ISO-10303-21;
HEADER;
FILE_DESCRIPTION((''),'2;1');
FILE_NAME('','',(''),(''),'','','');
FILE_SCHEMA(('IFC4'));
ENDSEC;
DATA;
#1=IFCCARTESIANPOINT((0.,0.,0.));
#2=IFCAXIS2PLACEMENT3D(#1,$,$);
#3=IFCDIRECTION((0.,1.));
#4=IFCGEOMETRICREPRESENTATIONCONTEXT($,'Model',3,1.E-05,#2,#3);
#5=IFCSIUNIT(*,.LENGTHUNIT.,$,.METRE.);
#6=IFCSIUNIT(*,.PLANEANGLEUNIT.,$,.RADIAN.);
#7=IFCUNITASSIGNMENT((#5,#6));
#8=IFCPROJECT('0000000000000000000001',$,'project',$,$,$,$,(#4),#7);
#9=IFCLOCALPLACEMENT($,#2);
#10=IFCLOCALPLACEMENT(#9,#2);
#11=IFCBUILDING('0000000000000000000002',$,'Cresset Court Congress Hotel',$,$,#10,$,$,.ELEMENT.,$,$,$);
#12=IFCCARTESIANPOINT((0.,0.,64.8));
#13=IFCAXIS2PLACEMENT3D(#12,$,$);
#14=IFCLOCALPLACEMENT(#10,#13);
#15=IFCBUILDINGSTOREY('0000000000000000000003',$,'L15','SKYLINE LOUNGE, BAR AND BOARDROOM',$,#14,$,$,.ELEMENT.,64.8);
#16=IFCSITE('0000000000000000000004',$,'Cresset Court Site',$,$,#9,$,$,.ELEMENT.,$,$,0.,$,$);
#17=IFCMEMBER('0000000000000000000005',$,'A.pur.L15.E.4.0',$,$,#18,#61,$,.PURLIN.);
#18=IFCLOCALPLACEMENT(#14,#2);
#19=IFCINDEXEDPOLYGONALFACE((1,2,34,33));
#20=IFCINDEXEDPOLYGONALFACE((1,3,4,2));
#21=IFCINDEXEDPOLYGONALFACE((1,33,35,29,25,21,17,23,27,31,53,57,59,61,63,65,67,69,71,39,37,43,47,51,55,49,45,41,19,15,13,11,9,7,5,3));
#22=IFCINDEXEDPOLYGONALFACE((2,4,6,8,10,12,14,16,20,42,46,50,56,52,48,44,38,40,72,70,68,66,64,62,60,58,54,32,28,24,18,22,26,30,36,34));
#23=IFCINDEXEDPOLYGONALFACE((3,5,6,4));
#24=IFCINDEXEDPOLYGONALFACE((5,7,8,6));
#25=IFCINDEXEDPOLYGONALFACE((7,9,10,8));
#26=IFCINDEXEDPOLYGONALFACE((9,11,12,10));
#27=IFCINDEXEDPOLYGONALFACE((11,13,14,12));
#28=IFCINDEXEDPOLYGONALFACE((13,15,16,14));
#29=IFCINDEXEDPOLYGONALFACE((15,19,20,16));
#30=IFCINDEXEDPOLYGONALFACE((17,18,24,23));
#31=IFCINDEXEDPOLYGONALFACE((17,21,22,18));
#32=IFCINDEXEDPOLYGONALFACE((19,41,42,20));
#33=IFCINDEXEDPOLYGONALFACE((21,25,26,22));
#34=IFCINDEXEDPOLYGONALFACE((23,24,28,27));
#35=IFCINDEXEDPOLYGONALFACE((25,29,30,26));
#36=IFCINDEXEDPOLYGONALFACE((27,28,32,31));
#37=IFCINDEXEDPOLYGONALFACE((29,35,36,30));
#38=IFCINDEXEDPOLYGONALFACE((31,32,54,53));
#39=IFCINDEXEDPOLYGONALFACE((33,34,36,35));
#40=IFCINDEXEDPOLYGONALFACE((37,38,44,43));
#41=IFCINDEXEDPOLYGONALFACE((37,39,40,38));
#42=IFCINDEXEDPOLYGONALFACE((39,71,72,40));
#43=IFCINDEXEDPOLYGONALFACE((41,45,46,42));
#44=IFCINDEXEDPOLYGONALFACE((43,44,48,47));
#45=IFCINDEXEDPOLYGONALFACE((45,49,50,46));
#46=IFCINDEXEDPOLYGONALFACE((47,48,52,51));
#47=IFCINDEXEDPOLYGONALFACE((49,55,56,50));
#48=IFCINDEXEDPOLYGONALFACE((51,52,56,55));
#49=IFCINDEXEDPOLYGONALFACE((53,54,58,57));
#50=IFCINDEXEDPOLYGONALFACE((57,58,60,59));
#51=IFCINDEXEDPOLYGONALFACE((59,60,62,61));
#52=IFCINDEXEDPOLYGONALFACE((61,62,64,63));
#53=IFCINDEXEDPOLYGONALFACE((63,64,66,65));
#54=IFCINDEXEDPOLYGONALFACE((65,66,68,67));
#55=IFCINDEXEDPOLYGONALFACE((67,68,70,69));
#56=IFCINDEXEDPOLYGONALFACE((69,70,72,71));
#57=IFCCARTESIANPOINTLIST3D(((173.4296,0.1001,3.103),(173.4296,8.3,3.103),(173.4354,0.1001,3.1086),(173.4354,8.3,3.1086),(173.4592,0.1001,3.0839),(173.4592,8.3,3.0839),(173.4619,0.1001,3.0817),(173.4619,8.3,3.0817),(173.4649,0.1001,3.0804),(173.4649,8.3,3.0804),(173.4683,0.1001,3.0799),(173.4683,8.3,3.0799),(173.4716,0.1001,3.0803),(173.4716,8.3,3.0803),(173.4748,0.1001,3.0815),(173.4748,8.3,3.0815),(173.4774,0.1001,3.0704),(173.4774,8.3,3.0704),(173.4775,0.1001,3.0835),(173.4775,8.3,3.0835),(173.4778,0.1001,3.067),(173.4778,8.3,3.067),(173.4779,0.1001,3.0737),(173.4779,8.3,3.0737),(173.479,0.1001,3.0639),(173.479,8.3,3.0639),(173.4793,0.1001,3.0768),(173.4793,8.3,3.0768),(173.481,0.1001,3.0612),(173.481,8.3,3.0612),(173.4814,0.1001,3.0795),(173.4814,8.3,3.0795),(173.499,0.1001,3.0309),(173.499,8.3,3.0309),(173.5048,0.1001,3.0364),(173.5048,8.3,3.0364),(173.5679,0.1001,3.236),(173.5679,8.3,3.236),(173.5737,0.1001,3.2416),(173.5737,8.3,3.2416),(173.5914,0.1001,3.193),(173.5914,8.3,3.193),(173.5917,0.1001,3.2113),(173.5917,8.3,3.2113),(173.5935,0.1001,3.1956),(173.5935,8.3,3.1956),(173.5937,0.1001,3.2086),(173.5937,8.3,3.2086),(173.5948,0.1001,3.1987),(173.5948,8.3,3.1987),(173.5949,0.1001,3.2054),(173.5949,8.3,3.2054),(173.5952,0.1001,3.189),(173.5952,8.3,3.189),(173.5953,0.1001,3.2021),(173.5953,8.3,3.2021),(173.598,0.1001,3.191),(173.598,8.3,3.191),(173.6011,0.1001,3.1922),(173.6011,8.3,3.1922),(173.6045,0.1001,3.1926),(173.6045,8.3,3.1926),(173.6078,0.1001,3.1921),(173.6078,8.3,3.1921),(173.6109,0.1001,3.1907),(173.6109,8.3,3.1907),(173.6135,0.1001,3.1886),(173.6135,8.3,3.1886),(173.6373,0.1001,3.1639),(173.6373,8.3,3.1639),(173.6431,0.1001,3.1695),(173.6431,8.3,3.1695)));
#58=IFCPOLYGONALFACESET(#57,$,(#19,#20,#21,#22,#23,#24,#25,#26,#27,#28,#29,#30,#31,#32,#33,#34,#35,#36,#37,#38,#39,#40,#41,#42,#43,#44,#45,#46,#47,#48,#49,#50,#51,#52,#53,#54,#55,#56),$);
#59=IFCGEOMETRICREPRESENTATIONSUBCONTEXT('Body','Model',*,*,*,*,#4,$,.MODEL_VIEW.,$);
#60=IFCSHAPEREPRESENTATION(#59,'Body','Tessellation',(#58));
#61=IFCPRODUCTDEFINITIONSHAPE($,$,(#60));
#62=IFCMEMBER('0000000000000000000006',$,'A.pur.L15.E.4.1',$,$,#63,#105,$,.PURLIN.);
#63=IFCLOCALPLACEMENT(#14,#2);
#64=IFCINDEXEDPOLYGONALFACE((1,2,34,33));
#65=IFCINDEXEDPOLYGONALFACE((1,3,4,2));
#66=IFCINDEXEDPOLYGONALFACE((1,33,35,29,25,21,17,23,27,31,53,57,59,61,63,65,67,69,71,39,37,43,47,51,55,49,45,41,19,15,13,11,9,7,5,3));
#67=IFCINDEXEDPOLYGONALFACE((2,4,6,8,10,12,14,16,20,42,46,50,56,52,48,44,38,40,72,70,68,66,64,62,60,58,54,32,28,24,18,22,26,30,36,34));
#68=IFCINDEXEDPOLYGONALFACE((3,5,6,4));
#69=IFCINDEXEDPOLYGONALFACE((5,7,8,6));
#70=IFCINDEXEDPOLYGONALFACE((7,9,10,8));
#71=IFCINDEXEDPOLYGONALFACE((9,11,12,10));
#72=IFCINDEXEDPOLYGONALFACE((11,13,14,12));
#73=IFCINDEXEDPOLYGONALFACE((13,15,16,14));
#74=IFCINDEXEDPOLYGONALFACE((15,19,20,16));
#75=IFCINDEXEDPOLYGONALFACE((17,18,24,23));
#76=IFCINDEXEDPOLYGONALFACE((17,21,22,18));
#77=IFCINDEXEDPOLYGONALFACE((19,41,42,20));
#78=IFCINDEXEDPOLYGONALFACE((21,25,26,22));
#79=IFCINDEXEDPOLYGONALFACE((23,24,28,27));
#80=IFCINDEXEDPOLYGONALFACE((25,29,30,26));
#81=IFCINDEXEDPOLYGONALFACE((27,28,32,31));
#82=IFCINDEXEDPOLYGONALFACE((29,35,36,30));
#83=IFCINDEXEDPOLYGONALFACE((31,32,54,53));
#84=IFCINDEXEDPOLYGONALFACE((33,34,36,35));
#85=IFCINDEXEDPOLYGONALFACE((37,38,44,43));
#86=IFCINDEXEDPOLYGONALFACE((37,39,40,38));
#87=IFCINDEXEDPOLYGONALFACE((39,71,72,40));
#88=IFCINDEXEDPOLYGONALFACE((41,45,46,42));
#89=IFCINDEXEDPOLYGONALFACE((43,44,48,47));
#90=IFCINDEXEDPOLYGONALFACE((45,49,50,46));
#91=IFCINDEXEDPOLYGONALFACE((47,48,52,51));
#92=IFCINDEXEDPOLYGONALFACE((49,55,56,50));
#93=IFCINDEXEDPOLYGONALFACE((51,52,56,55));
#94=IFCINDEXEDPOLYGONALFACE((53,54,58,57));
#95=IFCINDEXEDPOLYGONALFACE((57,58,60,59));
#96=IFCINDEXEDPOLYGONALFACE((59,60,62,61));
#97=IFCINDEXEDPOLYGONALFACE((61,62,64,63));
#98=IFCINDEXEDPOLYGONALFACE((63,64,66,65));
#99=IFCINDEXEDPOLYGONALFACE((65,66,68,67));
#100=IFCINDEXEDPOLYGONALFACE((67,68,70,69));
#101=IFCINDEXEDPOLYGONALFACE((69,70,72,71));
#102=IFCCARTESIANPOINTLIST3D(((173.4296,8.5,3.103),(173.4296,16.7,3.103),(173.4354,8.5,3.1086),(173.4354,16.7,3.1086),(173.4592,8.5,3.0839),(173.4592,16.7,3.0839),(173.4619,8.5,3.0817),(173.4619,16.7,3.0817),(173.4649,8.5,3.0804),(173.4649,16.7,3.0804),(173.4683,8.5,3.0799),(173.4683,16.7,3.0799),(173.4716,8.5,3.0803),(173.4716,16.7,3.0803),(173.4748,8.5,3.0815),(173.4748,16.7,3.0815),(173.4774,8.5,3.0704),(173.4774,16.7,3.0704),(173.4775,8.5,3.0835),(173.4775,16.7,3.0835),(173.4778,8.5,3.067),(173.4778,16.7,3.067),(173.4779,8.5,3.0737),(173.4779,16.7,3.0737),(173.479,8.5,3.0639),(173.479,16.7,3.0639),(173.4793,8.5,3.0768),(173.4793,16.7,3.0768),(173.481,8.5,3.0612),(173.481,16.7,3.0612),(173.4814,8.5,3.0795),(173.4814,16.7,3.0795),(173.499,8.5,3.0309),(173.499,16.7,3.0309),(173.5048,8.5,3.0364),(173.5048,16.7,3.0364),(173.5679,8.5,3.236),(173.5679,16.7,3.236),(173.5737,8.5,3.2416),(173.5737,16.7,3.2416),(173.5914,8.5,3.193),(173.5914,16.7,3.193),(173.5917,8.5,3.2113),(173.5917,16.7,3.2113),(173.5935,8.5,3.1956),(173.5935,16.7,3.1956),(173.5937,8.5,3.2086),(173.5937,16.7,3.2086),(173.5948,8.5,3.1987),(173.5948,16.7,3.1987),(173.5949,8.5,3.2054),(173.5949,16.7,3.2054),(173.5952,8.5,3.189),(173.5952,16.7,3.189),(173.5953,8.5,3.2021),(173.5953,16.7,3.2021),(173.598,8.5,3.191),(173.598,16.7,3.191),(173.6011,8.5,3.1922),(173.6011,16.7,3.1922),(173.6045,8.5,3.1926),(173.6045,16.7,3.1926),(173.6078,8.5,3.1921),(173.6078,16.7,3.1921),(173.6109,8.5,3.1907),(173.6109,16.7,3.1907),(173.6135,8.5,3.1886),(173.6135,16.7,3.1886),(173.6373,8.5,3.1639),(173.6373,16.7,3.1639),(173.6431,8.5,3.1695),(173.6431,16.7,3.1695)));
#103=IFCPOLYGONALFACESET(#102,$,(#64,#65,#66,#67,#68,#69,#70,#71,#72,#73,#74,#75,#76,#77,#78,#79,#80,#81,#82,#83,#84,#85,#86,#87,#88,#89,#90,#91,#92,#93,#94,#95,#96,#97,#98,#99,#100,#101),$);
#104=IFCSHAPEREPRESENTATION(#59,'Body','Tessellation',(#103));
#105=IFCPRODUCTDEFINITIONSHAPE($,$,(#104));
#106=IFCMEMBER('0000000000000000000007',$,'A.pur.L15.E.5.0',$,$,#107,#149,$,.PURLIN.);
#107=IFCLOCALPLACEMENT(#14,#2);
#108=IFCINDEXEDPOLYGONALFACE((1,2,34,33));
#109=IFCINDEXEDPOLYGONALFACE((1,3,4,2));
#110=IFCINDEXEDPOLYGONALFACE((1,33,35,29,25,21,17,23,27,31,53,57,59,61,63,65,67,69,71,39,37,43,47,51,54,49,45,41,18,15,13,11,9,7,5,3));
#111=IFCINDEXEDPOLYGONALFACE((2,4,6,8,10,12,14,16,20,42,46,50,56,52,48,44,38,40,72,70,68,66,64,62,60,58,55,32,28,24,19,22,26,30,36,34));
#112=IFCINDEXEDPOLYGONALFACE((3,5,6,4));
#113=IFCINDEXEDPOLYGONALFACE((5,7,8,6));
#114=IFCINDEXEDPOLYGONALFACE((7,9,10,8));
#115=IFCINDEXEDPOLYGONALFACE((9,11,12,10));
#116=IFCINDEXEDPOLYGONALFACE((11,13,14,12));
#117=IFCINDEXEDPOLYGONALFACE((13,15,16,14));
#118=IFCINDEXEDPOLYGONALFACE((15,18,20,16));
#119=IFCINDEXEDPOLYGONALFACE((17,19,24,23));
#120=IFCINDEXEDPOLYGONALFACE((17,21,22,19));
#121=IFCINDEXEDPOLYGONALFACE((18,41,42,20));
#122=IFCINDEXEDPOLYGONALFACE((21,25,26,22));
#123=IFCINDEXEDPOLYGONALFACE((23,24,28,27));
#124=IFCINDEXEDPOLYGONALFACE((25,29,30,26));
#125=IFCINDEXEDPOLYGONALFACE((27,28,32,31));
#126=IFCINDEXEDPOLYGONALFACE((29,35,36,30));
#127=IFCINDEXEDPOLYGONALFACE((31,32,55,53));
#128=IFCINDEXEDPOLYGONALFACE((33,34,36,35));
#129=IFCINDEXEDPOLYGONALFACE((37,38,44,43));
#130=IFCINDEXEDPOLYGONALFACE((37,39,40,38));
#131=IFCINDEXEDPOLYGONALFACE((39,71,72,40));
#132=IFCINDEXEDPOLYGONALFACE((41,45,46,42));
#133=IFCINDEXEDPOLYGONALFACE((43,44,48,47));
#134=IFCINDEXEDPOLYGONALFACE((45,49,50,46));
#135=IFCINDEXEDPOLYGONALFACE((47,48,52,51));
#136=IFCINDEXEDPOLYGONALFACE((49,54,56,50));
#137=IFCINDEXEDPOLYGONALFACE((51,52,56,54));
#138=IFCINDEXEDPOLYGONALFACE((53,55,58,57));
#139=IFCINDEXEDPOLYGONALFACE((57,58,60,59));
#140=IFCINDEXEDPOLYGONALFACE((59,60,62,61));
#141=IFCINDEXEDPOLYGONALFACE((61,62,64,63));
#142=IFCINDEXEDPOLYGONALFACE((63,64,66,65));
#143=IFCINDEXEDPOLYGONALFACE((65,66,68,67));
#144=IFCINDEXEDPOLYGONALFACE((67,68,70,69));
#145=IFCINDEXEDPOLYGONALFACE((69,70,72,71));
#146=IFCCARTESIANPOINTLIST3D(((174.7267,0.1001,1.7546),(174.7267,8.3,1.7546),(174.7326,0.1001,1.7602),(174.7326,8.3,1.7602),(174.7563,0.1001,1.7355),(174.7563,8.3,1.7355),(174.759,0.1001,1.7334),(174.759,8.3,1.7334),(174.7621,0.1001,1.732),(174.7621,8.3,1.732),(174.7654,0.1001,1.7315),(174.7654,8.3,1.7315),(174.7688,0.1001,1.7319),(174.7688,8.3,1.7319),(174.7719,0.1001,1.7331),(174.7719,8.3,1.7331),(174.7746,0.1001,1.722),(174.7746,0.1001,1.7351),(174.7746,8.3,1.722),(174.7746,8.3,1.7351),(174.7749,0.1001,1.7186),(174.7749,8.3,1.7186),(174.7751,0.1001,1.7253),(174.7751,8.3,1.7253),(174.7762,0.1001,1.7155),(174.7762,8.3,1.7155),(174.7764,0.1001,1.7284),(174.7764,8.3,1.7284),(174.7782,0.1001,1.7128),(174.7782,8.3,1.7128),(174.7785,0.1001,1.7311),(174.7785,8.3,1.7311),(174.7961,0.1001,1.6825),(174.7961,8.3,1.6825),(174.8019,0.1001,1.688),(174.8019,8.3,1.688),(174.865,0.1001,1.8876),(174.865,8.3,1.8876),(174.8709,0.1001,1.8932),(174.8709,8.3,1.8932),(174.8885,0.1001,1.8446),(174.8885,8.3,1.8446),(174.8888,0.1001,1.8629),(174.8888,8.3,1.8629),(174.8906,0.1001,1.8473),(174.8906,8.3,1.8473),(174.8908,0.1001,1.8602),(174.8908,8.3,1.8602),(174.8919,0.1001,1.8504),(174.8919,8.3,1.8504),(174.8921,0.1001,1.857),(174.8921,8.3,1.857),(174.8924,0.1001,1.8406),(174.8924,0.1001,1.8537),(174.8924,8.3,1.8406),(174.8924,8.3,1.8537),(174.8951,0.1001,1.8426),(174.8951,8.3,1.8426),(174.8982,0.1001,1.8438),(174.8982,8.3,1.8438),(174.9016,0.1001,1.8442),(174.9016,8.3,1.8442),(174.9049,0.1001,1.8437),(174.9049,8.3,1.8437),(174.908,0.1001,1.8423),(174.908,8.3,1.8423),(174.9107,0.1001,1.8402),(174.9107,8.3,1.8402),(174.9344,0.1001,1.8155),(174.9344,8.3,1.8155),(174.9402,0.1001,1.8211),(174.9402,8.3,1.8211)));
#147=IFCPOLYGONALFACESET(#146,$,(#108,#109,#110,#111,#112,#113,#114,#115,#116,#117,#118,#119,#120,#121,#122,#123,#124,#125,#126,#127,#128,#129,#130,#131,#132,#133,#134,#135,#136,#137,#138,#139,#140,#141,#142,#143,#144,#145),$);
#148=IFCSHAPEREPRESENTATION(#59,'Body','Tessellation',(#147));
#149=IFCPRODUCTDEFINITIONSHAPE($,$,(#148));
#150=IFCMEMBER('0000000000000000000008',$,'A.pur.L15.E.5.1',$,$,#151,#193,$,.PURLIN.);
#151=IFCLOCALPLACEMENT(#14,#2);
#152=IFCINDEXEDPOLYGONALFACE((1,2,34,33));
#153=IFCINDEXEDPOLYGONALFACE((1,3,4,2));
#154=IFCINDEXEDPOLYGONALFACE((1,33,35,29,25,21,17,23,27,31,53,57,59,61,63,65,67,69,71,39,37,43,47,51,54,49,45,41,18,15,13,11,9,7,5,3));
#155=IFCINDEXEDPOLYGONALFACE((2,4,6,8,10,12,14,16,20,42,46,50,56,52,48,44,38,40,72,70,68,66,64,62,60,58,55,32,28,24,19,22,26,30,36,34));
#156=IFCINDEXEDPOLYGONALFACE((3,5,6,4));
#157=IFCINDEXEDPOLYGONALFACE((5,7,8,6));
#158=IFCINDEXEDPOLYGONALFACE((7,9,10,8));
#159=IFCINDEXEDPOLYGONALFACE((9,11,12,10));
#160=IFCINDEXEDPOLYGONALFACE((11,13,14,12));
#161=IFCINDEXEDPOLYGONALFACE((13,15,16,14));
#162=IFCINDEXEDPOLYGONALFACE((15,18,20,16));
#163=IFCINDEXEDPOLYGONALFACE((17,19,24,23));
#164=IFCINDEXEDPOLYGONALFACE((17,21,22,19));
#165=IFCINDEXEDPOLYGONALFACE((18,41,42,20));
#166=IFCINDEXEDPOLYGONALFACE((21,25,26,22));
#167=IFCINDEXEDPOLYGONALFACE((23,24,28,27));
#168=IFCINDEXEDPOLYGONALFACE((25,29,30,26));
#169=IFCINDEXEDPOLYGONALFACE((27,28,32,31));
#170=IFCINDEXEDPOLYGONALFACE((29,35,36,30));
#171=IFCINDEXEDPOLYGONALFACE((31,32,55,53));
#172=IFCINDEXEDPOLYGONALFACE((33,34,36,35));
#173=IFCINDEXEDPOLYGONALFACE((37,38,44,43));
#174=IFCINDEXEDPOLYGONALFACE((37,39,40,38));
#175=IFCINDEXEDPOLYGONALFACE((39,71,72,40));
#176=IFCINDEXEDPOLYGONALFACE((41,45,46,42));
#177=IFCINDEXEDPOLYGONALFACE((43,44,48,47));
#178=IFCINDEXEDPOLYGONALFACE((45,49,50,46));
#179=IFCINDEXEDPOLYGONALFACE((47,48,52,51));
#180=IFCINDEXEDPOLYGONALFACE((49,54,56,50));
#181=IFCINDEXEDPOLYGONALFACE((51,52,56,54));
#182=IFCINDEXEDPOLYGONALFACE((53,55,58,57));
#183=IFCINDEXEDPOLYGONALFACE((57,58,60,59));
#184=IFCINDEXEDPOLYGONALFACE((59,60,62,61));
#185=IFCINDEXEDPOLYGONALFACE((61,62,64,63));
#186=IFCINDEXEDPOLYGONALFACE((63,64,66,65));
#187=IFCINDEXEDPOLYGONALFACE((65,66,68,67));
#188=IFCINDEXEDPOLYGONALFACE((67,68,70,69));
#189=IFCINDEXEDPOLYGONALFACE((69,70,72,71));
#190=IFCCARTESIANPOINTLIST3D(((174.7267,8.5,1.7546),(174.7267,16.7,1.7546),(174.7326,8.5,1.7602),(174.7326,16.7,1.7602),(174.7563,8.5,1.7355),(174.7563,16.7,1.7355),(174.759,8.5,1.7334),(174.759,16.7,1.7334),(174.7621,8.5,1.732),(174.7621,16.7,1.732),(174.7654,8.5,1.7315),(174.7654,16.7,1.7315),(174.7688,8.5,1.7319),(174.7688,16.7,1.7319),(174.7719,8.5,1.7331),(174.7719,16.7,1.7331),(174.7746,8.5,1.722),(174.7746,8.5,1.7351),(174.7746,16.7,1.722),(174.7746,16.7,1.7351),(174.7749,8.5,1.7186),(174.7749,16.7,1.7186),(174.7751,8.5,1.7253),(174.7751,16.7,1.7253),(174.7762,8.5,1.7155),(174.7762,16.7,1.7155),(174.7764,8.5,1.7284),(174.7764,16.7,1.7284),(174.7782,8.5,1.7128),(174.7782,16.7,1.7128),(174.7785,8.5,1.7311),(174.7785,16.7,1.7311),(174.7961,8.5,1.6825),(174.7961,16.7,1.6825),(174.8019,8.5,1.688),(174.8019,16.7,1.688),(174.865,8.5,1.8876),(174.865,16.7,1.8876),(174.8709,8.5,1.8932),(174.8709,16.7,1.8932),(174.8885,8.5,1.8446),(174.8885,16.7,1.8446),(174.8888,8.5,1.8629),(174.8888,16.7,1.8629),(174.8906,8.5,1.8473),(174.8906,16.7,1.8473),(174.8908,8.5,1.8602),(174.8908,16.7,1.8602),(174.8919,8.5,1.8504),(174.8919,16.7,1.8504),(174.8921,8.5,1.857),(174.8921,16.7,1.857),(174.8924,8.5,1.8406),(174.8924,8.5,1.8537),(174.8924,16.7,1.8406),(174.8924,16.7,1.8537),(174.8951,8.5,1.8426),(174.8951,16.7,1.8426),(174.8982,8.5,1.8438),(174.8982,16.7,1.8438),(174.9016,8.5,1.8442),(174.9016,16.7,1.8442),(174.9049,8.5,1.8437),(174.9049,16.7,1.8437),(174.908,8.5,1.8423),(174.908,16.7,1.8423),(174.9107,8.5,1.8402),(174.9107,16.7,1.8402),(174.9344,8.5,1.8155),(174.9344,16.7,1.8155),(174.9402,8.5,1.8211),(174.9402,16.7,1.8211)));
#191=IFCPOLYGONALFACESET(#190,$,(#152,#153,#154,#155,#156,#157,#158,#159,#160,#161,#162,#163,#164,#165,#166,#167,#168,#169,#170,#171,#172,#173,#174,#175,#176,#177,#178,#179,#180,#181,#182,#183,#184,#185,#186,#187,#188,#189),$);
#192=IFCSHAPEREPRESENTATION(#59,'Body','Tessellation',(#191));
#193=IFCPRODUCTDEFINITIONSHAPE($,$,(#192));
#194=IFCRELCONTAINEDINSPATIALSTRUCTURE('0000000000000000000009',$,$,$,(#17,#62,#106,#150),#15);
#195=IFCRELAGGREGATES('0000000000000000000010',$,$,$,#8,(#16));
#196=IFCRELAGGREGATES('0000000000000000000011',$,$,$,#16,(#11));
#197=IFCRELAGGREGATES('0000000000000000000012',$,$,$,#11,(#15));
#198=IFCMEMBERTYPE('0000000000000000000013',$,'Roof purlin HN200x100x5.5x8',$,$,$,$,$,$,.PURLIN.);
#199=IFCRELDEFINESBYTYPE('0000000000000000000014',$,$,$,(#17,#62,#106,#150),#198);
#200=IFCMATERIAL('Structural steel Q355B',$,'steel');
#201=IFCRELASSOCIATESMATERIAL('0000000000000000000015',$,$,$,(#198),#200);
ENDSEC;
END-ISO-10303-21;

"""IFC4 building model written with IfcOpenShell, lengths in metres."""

from ifc_helpers import new_model, si_unit, direction, frame, origin, origin_2d, place, context, subcontext, project, spatial, i_section, extrude, material, material_profile, profile_set, type_object, element, save


model = new_model("IFC4")

# Units and contexts
model_context = context("Model", 3, precision=1e-05, world=origin(), true_north=direction((0.0, 1.0)))
body_context = subcontext(model_context, "Body", "Model", "MODEL_VIEW")
ifc_project = project(units=[si_unit("LENGTHUNIT", "METRE"), si_unit("PLANEANGLEUNIT", "RADIAN")], contexts=[model_context])

# Site, building, storey
site_placement = place(None, origin())
site = spatial("IfcSite", under=ifc_project, at=site_placement, Name="Cresset Court Site", CompositionType="ELEMENT", RefElevation=0.0)
building_placement = place(site_placement, origin())
building = spatial("IfcBuilding", under=site, at=building_placement, Name="Cresset Court Congress Hotel", CompositionType="ELEMENT")
storey_placement = place(building_placement, frame((0.0, 0.0, 64.8)))
storey = spatial("IfcBuildingStorey", under=building, at=storey_placement, Name="L15", Description="SKYLINE LOUNGE, BAR AND BOARDROOM", CompositionType="ELEMENT", Elevation=64.8)

# Members
ifc_material_1 = material(Name="Structural steel Q355B", Category="steel")
ifc_material_profile_1 = material_profile(ifc_material_1, i_section(OverallWidth=0.1001, OverallDepth=0.2, WebThickness=0.0056, FlangeThickness=0.0081, FilletRadius=0.0129, at=origin_2d()), Name="HN200x100x5.5x8")
ifc_profile_set_1 = profile_set([ifc_material_profile_1], Name="Structural steel Q355B")
member_type_1 = type_object("IfcMemberType", Name="Roof purlin HN200x100x5.5x8", PredefinedType="PURLIN", material=ifc_profile_set_1)
for number, where, z_axis, x_axis, name in (
    (1, (173.5364, 0.1001, 3.1362), (0.0, 1.0, 0.0), (-0.693246, 0.0, 0.720701), "A.pur.L15.E.4.0"),
    (2, (173.5364, 8.5, 3.1362), (0.0, 1.0, 0.0), (-0.693246, 0.0, 0.720701), "A.pur.L15.E.4.1"),
    (3, (174.8335, 0.1001, 1.7878), (0.0, 1.0, 0.0), (-0.693246, 0.0, 0.720701), "A.pur.L15.E.5.0"),
    (4, (174.8335, 8.5, 1.7878), (0.0, 1.0, 0.0), (-0.693246, 0.0, 0.720701), "A.pur.L15.E.5.1"),
):
    element("IfcMember", number, at=place(storey_placement, frame(where, z_axis=z_axis, x_axis=x_axis)), inside=storey, type_object=member_type_1, Name=name, PredefinedType="PURLIN", context=body_context, shape_type="SweptSolid", body=[
        extrude(i_section(OverallWidth=0.1001, OverallDepth=0.2, WebThickness=0.0056, FlangeThickness=0.0081, FilletRadius=0.0129, at=origin_2d()), origin(), (0.0, 0.0, 1.0), 8.2),
    ])

save(model, "model.ifc")
